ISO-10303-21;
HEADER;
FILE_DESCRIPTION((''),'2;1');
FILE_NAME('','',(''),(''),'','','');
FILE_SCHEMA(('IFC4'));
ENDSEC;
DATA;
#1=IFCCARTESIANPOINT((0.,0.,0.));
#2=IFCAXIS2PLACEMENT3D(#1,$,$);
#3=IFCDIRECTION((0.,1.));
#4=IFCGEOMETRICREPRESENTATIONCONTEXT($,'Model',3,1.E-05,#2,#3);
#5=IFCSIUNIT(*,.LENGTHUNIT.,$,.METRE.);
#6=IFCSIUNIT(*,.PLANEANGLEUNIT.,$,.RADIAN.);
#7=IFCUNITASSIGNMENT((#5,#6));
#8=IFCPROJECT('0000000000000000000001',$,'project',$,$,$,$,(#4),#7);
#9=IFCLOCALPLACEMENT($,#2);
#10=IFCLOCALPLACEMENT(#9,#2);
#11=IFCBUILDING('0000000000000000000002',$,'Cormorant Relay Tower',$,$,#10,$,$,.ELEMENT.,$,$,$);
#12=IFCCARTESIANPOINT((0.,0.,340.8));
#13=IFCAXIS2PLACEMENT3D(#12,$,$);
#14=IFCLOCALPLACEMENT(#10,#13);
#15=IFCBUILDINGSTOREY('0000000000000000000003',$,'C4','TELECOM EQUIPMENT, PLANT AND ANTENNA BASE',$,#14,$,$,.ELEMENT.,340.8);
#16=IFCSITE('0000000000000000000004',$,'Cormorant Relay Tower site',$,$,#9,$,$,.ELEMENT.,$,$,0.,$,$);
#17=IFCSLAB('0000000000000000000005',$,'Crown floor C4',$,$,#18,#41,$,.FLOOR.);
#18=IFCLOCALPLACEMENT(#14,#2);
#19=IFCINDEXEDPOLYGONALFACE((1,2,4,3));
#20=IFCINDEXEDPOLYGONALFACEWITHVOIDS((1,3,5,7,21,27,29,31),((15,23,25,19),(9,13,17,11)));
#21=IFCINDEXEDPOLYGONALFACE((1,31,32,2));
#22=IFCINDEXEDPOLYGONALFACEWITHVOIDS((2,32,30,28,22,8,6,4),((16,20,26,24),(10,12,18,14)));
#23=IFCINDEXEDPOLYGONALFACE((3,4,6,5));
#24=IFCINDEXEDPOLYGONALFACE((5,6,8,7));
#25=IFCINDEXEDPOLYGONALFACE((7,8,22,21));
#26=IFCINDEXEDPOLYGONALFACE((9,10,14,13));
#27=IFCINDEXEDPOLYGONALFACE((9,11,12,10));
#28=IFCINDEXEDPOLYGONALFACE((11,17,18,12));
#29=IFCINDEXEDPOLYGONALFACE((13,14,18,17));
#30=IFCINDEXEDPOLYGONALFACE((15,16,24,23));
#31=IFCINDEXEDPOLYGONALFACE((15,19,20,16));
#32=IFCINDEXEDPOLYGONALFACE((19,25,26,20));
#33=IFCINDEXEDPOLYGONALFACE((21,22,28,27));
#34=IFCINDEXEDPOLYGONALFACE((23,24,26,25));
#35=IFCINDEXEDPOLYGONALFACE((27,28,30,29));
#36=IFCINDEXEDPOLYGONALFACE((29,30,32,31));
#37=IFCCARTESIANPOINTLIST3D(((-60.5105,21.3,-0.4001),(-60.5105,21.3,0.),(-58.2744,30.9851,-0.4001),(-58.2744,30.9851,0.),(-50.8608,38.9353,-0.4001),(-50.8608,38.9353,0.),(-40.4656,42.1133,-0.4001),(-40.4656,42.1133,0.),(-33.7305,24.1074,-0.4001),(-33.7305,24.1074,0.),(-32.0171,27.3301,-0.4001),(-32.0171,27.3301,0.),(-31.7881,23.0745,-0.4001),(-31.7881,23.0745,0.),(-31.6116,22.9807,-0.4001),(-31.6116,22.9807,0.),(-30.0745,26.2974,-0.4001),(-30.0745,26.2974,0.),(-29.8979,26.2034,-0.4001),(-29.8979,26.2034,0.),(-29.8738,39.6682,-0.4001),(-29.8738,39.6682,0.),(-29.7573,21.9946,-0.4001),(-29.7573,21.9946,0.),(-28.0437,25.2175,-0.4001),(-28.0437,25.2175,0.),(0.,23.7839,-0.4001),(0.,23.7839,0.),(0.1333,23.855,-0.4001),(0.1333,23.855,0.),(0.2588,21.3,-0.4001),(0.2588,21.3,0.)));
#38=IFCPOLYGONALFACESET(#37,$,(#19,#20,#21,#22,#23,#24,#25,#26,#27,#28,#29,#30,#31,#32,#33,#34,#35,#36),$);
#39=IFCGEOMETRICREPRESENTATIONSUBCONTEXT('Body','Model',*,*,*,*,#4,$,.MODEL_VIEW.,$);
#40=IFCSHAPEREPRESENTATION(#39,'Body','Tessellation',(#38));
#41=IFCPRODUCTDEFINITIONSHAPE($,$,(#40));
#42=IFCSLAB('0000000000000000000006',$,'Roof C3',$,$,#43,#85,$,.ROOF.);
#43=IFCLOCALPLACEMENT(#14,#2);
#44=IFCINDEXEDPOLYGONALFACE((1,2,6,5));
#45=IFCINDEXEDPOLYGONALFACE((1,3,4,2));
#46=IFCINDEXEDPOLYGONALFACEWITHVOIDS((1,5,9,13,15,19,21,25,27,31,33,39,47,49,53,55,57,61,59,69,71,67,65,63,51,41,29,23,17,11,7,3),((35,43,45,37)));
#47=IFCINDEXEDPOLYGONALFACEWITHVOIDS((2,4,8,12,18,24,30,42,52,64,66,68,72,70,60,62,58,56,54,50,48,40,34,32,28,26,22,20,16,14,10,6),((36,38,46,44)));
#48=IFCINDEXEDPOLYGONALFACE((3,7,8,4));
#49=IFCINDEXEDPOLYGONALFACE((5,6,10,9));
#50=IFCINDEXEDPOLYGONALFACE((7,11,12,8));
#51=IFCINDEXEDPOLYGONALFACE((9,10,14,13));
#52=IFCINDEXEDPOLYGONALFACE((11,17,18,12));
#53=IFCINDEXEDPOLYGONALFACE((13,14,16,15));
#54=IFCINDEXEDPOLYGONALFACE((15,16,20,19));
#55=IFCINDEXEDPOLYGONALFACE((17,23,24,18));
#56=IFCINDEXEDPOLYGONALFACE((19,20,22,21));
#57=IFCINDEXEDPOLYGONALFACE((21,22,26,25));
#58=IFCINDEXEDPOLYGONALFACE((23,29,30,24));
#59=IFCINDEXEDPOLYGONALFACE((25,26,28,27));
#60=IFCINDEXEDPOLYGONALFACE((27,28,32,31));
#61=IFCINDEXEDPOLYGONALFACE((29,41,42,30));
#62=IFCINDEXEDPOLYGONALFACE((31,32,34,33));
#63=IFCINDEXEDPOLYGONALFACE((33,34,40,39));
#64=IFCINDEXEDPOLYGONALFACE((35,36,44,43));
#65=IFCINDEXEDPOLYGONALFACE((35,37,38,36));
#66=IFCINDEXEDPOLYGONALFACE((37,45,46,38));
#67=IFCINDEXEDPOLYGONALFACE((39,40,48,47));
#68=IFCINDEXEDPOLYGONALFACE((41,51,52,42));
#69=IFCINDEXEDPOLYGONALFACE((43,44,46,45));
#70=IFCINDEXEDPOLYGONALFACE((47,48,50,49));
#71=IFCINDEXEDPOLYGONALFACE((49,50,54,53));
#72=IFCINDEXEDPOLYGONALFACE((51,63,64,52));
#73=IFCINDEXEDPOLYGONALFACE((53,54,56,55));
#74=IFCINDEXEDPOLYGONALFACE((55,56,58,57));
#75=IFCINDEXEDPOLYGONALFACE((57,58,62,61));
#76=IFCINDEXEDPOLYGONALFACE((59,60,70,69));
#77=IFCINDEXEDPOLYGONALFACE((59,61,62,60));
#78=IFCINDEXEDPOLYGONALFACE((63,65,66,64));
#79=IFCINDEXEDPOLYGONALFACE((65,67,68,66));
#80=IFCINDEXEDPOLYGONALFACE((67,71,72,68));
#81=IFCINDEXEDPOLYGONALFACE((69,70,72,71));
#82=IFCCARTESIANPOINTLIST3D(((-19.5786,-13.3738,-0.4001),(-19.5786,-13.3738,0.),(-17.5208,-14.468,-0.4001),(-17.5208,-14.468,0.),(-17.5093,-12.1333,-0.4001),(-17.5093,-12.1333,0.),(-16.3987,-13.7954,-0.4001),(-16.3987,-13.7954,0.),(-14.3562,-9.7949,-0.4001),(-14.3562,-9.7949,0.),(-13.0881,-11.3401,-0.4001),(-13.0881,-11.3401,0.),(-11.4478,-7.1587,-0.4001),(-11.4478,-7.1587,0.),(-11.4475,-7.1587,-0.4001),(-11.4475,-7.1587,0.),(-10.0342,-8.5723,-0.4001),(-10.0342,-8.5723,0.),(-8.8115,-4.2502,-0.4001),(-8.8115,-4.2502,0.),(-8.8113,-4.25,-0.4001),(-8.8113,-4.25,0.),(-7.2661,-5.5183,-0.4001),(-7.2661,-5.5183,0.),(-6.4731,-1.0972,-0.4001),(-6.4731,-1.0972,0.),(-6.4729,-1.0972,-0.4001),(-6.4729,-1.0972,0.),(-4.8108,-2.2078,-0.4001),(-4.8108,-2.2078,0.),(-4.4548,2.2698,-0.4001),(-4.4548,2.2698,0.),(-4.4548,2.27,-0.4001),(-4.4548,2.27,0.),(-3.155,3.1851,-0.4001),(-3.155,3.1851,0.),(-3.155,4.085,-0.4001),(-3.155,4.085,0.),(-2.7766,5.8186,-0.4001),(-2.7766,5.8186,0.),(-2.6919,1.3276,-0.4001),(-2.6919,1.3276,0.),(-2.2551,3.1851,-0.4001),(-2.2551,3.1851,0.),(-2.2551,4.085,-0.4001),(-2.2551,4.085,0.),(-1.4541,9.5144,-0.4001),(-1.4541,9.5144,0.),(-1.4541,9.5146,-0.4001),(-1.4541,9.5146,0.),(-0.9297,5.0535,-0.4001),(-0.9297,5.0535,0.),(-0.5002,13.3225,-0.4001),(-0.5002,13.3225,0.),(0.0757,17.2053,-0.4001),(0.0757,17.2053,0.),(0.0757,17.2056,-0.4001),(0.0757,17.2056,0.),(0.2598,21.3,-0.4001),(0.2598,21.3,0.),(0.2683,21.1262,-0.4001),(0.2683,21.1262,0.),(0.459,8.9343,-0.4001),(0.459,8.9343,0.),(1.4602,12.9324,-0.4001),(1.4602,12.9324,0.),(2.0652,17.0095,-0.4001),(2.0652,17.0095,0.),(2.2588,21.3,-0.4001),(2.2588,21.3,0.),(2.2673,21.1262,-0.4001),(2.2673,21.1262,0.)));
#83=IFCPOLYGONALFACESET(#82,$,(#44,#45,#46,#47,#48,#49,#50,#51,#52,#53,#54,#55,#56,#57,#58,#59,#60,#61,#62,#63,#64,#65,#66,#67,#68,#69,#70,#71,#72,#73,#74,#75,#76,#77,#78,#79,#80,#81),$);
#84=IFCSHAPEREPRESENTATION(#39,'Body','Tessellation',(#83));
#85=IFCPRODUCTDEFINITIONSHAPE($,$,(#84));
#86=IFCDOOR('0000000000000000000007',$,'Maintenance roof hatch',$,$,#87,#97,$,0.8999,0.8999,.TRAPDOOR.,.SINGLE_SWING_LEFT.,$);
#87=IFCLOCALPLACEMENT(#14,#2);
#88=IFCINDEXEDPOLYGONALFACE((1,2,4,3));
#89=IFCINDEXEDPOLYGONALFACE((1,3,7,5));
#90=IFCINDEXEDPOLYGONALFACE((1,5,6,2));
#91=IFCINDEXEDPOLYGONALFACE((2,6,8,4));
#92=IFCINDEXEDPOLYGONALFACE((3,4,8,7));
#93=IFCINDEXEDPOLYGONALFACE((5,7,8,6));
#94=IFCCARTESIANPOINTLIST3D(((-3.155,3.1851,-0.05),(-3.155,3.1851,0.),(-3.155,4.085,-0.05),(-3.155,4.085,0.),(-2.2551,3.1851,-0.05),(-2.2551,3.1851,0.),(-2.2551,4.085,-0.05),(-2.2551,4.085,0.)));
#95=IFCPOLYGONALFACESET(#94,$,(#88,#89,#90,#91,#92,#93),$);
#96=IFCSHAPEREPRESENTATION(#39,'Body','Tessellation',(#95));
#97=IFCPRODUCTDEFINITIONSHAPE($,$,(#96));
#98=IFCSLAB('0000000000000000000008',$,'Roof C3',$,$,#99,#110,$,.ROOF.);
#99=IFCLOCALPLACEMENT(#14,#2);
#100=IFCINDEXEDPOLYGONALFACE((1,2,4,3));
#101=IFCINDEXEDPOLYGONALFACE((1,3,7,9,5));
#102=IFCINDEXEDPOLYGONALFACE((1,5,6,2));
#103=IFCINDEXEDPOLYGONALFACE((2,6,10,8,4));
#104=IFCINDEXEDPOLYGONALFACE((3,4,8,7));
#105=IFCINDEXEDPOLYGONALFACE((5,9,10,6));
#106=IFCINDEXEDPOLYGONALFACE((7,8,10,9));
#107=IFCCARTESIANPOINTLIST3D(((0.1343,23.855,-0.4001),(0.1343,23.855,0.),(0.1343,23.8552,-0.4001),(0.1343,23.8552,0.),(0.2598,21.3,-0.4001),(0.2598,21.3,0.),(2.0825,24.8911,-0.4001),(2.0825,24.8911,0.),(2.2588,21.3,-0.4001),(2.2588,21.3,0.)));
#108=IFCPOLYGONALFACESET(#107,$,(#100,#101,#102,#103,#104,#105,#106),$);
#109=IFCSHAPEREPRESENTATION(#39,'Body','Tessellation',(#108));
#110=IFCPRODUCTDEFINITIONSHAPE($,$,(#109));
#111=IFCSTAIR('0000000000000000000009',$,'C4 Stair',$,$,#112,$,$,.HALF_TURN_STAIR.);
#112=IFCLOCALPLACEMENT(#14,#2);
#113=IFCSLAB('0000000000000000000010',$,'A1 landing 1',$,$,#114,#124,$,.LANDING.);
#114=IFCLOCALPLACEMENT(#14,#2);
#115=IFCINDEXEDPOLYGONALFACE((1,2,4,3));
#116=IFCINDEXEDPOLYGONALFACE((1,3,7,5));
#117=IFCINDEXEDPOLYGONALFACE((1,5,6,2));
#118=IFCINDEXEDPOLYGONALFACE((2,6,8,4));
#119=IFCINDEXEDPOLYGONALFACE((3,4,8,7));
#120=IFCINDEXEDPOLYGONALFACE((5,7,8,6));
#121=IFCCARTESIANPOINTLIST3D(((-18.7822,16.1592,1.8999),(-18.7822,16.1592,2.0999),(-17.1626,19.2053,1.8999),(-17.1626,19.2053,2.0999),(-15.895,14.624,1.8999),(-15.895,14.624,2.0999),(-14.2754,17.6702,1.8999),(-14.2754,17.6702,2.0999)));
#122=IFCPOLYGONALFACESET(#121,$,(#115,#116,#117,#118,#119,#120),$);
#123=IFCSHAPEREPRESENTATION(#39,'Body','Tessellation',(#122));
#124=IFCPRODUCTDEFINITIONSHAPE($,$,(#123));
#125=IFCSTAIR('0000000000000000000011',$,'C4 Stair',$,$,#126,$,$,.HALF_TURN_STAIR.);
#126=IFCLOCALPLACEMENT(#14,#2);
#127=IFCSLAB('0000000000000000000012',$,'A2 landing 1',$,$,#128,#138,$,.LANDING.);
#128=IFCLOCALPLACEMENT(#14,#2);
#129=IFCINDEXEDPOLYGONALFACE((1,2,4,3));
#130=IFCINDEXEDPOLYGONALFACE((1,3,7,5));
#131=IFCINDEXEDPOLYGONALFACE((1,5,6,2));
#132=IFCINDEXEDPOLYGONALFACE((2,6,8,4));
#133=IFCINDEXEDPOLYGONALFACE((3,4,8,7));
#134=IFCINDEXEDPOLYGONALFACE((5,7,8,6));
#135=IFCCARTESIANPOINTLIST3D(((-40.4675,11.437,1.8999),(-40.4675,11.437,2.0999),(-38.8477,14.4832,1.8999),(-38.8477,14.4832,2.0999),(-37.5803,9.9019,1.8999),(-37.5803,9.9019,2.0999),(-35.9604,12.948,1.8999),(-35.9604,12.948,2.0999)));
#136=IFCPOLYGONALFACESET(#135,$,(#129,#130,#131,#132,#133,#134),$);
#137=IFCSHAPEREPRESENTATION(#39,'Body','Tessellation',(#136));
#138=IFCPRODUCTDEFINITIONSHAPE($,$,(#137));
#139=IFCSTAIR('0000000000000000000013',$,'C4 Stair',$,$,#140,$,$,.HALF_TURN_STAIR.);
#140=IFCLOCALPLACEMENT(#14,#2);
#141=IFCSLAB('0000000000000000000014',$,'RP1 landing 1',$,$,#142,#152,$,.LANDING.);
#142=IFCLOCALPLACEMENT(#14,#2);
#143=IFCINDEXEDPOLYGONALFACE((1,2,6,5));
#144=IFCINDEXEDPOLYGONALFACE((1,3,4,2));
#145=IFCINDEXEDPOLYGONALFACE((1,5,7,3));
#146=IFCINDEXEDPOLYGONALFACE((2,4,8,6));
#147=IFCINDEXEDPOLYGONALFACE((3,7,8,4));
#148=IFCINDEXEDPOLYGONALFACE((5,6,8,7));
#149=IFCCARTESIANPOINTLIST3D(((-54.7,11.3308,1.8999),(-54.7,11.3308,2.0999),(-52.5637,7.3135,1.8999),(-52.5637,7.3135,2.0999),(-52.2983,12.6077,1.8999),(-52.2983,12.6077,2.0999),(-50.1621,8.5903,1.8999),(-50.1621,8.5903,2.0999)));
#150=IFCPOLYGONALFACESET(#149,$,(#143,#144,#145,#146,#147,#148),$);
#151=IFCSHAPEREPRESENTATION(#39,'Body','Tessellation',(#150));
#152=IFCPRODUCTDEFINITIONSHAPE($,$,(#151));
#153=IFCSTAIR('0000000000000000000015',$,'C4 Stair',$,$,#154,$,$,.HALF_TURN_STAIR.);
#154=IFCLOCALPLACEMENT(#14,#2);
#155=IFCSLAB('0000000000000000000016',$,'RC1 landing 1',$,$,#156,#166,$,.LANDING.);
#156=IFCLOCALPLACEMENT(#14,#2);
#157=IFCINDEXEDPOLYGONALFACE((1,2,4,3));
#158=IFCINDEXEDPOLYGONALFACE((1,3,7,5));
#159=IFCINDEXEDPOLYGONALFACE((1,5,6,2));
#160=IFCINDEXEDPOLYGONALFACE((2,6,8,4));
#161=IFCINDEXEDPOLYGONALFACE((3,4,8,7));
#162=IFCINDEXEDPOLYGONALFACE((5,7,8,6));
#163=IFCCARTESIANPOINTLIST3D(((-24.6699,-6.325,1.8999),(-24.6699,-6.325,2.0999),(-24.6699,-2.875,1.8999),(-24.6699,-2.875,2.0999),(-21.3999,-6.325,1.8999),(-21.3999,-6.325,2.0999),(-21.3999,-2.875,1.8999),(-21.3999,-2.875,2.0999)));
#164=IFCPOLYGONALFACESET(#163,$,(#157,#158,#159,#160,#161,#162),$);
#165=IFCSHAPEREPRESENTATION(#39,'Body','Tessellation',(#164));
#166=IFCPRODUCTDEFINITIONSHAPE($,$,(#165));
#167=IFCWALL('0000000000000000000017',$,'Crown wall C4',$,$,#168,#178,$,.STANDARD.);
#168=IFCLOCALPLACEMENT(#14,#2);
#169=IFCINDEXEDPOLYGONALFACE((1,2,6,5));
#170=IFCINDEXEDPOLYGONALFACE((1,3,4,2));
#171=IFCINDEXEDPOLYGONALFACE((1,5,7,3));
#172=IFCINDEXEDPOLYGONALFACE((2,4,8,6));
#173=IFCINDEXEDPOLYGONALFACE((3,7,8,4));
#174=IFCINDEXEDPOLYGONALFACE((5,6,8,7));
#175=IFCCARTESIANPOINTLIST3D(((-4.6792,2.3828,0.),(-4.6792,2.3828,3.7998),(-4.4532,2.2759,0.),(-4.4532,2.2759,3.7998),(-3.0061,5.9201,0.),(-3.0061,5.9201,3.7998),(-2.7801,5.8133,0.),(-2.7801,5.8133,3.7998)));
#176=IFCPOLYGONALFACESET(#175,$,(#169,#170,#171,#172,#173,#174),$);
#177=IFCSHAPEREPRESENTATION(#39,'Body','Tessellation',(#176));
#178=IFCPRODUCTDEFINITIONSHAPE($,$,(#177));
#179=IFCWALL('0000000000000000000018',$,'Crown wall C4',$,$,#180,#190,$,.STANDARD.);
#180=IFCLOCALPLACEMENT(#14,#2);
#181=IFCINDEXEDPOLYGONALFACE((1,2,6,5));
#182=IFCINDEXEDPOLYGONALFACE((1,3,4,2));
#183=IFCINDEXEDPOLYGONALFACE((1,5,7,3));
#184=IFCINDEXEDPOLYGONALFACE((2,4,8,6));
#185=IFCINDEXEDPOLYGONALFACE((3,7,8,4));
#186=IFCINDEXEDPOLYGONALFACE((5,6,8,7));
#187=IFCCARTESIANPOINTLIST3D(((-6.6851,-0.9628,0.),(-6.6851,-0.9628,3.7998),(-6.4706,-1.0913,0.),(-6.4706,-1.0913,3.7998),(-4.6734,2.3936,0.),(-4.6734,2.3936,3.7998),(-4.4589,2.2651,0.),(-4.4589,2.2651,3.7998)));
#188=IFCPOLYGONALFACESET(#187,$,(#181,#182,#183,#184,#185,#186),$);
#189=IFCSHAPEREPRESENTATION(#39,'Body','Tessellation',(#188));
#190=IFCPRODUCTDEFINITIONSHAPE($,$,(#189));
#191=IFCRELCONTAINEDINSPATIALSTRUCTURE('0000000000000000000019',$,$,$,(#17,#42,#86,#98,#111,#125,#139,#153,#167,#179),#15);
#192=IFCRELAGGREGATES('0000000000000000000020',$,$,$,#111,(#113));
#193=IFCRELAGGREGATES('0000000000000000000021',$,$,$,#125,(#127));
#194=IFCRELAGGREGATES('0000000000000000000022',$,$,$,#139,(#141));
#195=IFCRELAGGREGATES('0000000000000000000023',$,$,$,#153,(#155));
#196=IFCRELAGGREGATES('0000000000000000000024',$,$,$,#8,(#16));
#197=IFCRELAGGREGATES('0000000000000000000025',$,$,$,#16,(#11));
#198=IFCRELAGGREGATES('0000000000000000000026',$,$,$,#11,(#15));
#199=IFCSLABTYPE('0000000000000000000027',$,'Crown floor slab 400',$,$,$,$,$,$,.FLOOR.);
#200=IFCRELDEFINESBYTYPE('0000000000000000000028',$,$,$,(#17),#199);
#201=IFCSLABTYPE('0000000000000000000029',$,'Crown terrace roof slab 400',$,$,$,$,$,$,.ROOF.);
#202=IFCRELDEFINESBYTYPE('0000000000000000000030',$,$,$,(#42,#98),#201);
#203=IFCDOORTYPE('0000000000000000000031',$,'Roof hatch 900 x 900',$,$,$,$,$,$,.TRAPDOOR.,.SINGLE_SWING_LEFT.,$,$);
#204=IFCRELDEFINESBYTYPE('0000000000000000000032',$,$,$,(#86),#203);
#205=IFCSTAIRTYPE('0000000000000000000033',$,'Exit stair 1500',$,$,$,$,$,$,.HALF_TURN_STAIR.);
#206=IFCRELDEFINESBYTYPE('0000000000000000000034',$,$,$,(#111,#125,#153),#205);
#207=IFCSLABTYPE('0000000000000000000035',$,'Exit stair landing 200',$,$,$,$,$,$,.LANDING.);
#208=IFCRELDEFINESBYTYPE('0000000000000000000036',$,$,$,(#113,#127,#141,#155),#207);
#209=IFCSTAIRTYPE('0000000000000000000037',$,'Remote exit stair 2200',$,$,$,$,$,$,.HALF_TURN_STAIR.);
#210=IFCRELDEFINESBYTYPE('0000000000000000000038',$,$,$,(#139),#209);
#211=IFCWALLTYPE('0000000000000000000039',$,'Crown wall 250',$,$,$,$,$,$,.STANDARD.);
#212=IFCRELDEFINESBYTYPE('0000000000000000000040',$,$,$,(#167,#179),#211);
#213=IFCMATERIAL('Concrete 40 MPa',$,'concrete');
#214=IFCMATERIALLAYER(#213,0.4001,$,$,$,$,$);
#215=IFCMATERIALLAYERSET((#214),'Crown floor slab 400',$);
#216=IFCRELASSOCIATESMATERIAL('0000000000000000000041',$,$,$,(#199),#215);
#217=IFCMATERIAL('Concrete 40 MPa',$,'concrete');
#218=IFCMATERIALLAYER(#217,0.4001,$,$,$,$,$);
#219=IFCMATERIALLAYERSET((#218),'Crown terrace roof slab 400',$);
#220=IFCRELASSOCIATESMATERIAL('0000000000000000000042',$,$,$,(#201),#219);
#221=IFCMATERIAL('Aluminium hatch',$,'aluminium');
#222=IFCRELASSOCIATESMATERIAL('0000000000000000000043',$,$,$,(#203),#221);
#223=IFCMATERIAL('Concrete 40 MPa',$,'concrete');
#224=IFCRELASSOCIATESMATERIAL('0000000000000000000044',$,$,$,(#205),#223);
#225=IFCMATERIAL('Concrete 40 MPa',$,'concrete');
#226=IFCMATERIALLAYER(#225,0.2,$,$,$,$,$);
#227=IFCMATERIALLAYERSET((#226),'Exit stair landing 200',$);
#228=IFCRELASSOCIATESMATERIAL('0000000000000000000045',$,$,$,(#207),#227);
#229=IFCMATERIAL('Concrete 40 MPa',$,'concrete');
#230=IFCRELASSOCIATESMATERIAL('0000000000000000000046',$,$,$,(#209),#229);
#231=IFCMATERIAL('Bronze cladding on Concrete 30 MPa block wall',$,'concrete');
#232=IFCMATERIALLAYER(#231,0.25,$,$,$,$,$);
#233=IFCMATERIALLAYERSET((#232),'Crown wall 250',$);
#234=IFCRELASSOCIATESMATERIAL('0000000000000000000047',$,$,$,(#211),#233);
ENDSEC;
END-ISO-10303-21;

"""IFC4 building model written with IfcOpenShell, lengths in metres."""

from ifc_helpers import new_model, si_unit, direction, frame, frame_2d, origin, origin_2d, place, context, subcontext, project, spatial, polyline, rectangle, outline, extrude, material, layer, layer_set, type_object, element, fill, aggregate, save


model = new_model("IFC4")

# Units and contexts
model_context = context("Model", 3, precision=1e-05, world=origin(), true_north=direction((0.0, 1.0)))
body_context = subcontext(model_context, "Body", "Model", "MODEL_VIEW")
ifc_project = project(units=[si_unit("LENGTHUNIT", "METRE"), si_unit("PLANEANGLEUNIT", "RADIAN")], contexts=[model_context])

# Site, building, storey
site_placement = place(None, origin())
site = spatial("IfcSite", under=ifc_project, at=site_placement, Name="Cormorant Relay Tower site", CompositionType="ELEMENT", RefElevation=0.0)
building_placement = place(site_placement, origin())
building = spatial("IfcBuilding", under=site, at=building_placement, Name="Cormorant Relay Tower", CompositionType="ELEMENT")
storey_placement = place(building_placement, frame((0.0, 0.0, 340.8)))
storey = spatial("IfcBuildingStorey", under=building, at=storey_placement, Name="C4", Description="TELECOM EQUIPMENT, PLANT AND ANTENNA BASE", CompositionType="ELEMENT", Elevation=340.8)

# Slab
ifc_material_1 = material(Name="Concrete 40 MPa", Category="concrete")
ifc_layer_1 = layer(ifc_material_1, 0.4001)
ifc_layer_set_1 = layer_set([ifc_layer_1], Name="Crown floor slab 400")
slab_type_1 = type_object("IfcSlabType", Name="Crown floor slab 400", PredefinedType="FLOOR", material=ifc_layer_set_1)
slab_1_placement = place(storey_placement, frame((0.0, 0.0, -0.4001)))
element("IfcSlab", 1, at=slab_1_placement, inside=storey, type_object=slab_type_1, Name="Crown floor C4", PredefinedType="FLOOR", context=body_context, shape_type="SweptSolid", body=[
    extrude(outline(polyline([(-60.5105, 21.3), (0.2588, 21.3), (0.1333, 23.855), (0.0, 23.7839), (-29.8738, 39.6682), (-40.4656, 42.1133), (-50.8608, 38.9353), (-58.2744, 30.9851), (-60.5105, 21.3)]), holes=[polyline([(-29.7573, 21.9946), (-28.0437, 25.2175), (-29.8979, 26.2034), (-31.6116, 22.9807), (-29.7573, 21.9946)]), polyline([(-33.7305, 24.1074), (-31.7881, 23.0745), (-30.0745, 26.2974), (-32.0171, 27.3301), (-33.7305, 24.1074)])]), origin(), (0.0, 0.0, 1.0), 0.4001),
])

# Slab, opening, door
ifc_material_2 = material(Name="Concrete 40 MPa", Category="concrete")
ifc_layer_2 = layer(ifc_material_2, 0.4001)
ifc_layer_set_2 = layer_set([ifc_layer_2], Name="Crown terrace roof slab 400")
slab_type_2 = type_object("IfcSlabType", Name="Crown terrace roof slab 400", PredefinedType="ROOF", material=ifc_layer_set_2)
slab_2_placement = place(storey_placement, frame((0.0, 0.0, -0.4001)))
slab_2 = element("IfcSlab", 2, at=slab_2_placement, inside=storey, type_object=slab_type_2, Name="Roof C3", PredefinedType="ROOF", context=body_context, shape_type="SweptSolid", body=[
    extrude(outline(polyline([(-17.5208, -14.468), (-16.3987, -13.7954), (-13.0881, -11.3401), (-10.0342, -8.5723), (-7.2661, -5.5183), (-4.8108, -2.2078), (-2.6919, 1.3276), (-0.9297, 5.0535), (0.459, 8.9343), (1.4602, 12.9324), (2.0652, 17.0095), (2.2673, 21.1262), (2.2588, 21.3), (0.2598, 21.3), (0.2683, 21.1262), (0.2683, 21.1262), (0.0757, 17.2056), (0.0757, 17.2053), (-0.5002, 13.3225), (-0.5002, 13.3225), (-1.4541, 9.5146), (-1.4541, 9.5144), (-2.7766, 5.8186), (-2.7766, 5.8186), (-4.4548, 2.27), (-4.4548, 2.2698), (-6.4729, -1.0972), (-6.4731, -1.0972), (-8.8113, -4.25), (-8.8115, -4.2502), (-11.4475, -7.1587), (-11.4478, -7.1587), (-14.3562, -9.7949), (-14.3562, -9.7949), (-17.5093, -12.1333), (-17.5093, -12.1333), (-19.5786, -13.3738), (-17.5208, -14.468)])), origin(), (0.0, 0.0, 1.0), 0.4001),
])
opening_placement = place(slab_2_placement, frame((-2.7051, 3.635, 0.0)))
opening = element("IfcOpeningElement", 3, at=opening_placement, cuts=slab_2, PredefinedType="OPENING", context=body_context, shape_type="SweptSolid", body=[
    extrude(rectangle(XDim=0.8999, YDim=0.8999, at=origin_2d()), origin(), (0.0, 0.0, 1.0), 0.4001),
])
ifc_material_3 = material(Name="Aluminium hatch", Category="aluminium")
door_type = type_object("IfcDoorType", Name="Roof hatch 900 x 900", OperationType="SINGLE_SWING_LEFT", PredefinedType="TRAPDOOR", material=ifc_material_3)
door_placement = place(opening_placement, frame((0.0, 0.0, 0.3501)))
door = element("IfcDoor", 4, at=door_placement, inside=storey, type_object=door_type, Name="Maintenance roof hatch", OperationType="SINGLE_SWING_LEFT", OverallHeight=0.8999, OverallWidth=0.8999, PredefinedType="TRAPDOOR", context=body_context, shape_type="SweptSolid", body=[
    extrude(rectangle(XDim=0.8999, YDim=0.8999, at=origin_2d()), origin(), (0.0, 0.0, 1.0), 0.05),
])
fill(opening, door)

# Slab
slab_3_placement = place(storey_placement, frame((0.0, 0.0, -0.4001)))
element("IfcSlab", 5, at=slab_3_placement, inside=storey, type_object=slab_type_2, Name="Roof C3", PredefinedType="ROOF", context=body_context, shape_type="SweptSolid", body=[
    extrude(outline(polyline([(0.2598, 21.3), (2.2588, 21.3), (2.0825, 24.8911), (0.1343, 23.8552), (0.1343, 23.8552), (0.1343, 23.8552), (0.1343, 23.855), (0.1343, 23.855), (0.1343, 23.855), (0.2598, 21.3)])), origin(), (0.0, 0.0, 1.0), 0.4001),
])

# Stairs, slabs
ifc_material_4 = material(Name="Concrete 40 MPa", Category="concrete")
stair_type_1 = type_object("IfcStairType", Name="Exit stair 1500", PredefinedType="HALF_TURN_STAIR", material=ifc_material_4)
stair_1_placement = place(storey_placement, origin())
stair_1 = element("IfcStair", 6, at=stair_1_placement, inside=storey, type_object=stair_type_1, Name="C4 Stair", PredefinedType="HALF_TURN_STAIR")
ifc_material_5 = material(Name="Concrete 40 MPa", Category="concrete")
ifc_layer_3 = layer(ifc_material_5, 0.2)
ifc_layer_set_3 = layer_set([ifc_layer_3], Name="Exit stair landing 200")
slab_type_3 = type_object("IfcSlabType", Name="Exit stair landing 200", PredefinedType="LANDING", material=ifc_layer_set_3)
slab_4_placement = place(storey_placement, frame((0.0, 0.0, 1.8999)))
slab_4 = element("IfcSlab", 7, at=slab_4_placement, type_object=slab_type_3, Name="A1 landing 1", PredefinedType="LANDING", context=body_context, shape_type="SweptSolid", body=[
    extrude(outline(polyline([(-18.7822, 16.1592), (-15.895, 14.624), (-14.2754, 17.6702), (-17.1626, 19.2053), (-18.7822, 16.1592)])), origin(), (0.0, 0.0, 1.0), 0.2),
])
aggregate(stair_1, [slab_4])
stair_2_placement = place(storey_placement, origin())
stair_2 = element("IfcStair", 8, at=stair_2_placement, inside=storey, type_object=stair_type_1, Name="C4 Stair", PredefinedType="HALF_TURN_STAIR")
slab_5_placement = place(storey_placement, frame((0.0, 0.0, 1.8999)))
slab_5 = element("IfcSlab", 9, at=slab_5_placement, type_object=slab_type_3, Name="A2 landing 1", PredefinedType="LANDING", context=body_context, shape_type="SweptSolid", body=[
    extrude(outline(polyline([(-35.9604, 12.948), (-38.8477, 14.4832), (-40.4675, 11.437), (-37.5803, 9.9019), (-35.9604, 12.948)])), origin(), (0.0, 0.0, 1.0), 0.2),
])
aggregate(stair_2, [slab_5])
ifc_material_6 = material(Name="Concrete 40 MPa", Category="concrete")
stair_type_2 = type_object("IfcStairType", Name="Remote exit stair 2200", PredefinedType="HALF_TURN_STAIR", material=ifc_material_6)
stair_3_placement = place(storey_placement, origin())
stair_3 = element("IfcStair", 10, at=stair_3_placement, inside=storey, type_object=stair_type_2, Name="C4 Stair", PredefinedType="HALF_TURN_STAIR")
slab_6_placement = place(storey_placement, frame((0.0, 0.0, 1.8999)))
slab_6 = element("IfcSlab", 11, at=slab_6_placement, type_object=slab_type_3, Name="RP1 landing 1", PredefinedType="LANDING", context=body_context, shape_type="SweptSolid", body=[
    extrude(outline(polyline([(-52.2983, 12.6077), (-54.7, 11.3308), (-52.5637, 7.3135), (-50.1621, 8.5903), (-52.2983, 12.6077)])), origin(), (0.0, 0.0, 1.0), 0.2),
])
aggregate(stair_3, [slab_6])
stair_4_placement = place(storey_placement, origin())
stair_4 = element("IfcStair", 12, at=stair_4_placement, inside=storey, type_object=stair_type_1, Name="C4 Stair", PredefinedType="HALF_TURN_STAIR")
slab_7_placement = place(storey_placement, frame((0.0, 0.0, 1.8999)))
slab_7 = element("IfcSlab", 13, at=slab_7_placement, type_object=slab_type_3, Name="RC1 landing 1", PredefinedType="LANDING", context=body_context, shape_type="SweptSolid", body=[
    extrude(outline(polyline([(-24.6699, -6.325), (-21.3999, -6.325), (-21.3999, -2.875), (-24.6699, -2.875), (-24.6699, -6.325)])), origin(), (0.0, 0.0, 1.0), 0.2),
])
aggregate(stair_4, [slab_7])

# Walls
ifc_material_7 = material(Name="Bronze cladding on Concrete 30 MPa block wall", Category="concrete")
ifc_layer_4 = layer(ifc_material_7, 0.25)
ifc_layer_set_4 = layer_set([ifc_layer_4], Name="Crown wall 250")
wall_type_1 = type_object("IfcWallType", Name="Crown wall 250", PredefinedType="STANDARD", material=ifc_layer_set_4)
for number, where, z_axis, x_axis, name in (
    (14, (-2.8931, 5.8667, 0.0), (0.0, 0.0, 1.0), (-0.427566, -0.903984, 0.0), "Crown wall C4"),
    (15, (-4.5662, 2.3293, 0.0), (0.0, 0.0, 1.0), (-0.514092, -0.857735, 0.0), "Crown wall C4"),
):
    element("IfcWall", number, at=place(storey_placement, frame(where, z_axis=z_axis, x_axis=x_axis)), inside=storey, type_object=wall_type_1, Name=name, PredefinedType="STANDARD", context=body_context, shape_type="SweptSolid", body=[
        extrude(rectangle(XDim=3.9131, YDim=0.25, at=frame_2d((1.9565, 0.0))), origin(), (0.0, 0.0, 1.0), 3.7998),
    ])

save(model, "model.ifc")
